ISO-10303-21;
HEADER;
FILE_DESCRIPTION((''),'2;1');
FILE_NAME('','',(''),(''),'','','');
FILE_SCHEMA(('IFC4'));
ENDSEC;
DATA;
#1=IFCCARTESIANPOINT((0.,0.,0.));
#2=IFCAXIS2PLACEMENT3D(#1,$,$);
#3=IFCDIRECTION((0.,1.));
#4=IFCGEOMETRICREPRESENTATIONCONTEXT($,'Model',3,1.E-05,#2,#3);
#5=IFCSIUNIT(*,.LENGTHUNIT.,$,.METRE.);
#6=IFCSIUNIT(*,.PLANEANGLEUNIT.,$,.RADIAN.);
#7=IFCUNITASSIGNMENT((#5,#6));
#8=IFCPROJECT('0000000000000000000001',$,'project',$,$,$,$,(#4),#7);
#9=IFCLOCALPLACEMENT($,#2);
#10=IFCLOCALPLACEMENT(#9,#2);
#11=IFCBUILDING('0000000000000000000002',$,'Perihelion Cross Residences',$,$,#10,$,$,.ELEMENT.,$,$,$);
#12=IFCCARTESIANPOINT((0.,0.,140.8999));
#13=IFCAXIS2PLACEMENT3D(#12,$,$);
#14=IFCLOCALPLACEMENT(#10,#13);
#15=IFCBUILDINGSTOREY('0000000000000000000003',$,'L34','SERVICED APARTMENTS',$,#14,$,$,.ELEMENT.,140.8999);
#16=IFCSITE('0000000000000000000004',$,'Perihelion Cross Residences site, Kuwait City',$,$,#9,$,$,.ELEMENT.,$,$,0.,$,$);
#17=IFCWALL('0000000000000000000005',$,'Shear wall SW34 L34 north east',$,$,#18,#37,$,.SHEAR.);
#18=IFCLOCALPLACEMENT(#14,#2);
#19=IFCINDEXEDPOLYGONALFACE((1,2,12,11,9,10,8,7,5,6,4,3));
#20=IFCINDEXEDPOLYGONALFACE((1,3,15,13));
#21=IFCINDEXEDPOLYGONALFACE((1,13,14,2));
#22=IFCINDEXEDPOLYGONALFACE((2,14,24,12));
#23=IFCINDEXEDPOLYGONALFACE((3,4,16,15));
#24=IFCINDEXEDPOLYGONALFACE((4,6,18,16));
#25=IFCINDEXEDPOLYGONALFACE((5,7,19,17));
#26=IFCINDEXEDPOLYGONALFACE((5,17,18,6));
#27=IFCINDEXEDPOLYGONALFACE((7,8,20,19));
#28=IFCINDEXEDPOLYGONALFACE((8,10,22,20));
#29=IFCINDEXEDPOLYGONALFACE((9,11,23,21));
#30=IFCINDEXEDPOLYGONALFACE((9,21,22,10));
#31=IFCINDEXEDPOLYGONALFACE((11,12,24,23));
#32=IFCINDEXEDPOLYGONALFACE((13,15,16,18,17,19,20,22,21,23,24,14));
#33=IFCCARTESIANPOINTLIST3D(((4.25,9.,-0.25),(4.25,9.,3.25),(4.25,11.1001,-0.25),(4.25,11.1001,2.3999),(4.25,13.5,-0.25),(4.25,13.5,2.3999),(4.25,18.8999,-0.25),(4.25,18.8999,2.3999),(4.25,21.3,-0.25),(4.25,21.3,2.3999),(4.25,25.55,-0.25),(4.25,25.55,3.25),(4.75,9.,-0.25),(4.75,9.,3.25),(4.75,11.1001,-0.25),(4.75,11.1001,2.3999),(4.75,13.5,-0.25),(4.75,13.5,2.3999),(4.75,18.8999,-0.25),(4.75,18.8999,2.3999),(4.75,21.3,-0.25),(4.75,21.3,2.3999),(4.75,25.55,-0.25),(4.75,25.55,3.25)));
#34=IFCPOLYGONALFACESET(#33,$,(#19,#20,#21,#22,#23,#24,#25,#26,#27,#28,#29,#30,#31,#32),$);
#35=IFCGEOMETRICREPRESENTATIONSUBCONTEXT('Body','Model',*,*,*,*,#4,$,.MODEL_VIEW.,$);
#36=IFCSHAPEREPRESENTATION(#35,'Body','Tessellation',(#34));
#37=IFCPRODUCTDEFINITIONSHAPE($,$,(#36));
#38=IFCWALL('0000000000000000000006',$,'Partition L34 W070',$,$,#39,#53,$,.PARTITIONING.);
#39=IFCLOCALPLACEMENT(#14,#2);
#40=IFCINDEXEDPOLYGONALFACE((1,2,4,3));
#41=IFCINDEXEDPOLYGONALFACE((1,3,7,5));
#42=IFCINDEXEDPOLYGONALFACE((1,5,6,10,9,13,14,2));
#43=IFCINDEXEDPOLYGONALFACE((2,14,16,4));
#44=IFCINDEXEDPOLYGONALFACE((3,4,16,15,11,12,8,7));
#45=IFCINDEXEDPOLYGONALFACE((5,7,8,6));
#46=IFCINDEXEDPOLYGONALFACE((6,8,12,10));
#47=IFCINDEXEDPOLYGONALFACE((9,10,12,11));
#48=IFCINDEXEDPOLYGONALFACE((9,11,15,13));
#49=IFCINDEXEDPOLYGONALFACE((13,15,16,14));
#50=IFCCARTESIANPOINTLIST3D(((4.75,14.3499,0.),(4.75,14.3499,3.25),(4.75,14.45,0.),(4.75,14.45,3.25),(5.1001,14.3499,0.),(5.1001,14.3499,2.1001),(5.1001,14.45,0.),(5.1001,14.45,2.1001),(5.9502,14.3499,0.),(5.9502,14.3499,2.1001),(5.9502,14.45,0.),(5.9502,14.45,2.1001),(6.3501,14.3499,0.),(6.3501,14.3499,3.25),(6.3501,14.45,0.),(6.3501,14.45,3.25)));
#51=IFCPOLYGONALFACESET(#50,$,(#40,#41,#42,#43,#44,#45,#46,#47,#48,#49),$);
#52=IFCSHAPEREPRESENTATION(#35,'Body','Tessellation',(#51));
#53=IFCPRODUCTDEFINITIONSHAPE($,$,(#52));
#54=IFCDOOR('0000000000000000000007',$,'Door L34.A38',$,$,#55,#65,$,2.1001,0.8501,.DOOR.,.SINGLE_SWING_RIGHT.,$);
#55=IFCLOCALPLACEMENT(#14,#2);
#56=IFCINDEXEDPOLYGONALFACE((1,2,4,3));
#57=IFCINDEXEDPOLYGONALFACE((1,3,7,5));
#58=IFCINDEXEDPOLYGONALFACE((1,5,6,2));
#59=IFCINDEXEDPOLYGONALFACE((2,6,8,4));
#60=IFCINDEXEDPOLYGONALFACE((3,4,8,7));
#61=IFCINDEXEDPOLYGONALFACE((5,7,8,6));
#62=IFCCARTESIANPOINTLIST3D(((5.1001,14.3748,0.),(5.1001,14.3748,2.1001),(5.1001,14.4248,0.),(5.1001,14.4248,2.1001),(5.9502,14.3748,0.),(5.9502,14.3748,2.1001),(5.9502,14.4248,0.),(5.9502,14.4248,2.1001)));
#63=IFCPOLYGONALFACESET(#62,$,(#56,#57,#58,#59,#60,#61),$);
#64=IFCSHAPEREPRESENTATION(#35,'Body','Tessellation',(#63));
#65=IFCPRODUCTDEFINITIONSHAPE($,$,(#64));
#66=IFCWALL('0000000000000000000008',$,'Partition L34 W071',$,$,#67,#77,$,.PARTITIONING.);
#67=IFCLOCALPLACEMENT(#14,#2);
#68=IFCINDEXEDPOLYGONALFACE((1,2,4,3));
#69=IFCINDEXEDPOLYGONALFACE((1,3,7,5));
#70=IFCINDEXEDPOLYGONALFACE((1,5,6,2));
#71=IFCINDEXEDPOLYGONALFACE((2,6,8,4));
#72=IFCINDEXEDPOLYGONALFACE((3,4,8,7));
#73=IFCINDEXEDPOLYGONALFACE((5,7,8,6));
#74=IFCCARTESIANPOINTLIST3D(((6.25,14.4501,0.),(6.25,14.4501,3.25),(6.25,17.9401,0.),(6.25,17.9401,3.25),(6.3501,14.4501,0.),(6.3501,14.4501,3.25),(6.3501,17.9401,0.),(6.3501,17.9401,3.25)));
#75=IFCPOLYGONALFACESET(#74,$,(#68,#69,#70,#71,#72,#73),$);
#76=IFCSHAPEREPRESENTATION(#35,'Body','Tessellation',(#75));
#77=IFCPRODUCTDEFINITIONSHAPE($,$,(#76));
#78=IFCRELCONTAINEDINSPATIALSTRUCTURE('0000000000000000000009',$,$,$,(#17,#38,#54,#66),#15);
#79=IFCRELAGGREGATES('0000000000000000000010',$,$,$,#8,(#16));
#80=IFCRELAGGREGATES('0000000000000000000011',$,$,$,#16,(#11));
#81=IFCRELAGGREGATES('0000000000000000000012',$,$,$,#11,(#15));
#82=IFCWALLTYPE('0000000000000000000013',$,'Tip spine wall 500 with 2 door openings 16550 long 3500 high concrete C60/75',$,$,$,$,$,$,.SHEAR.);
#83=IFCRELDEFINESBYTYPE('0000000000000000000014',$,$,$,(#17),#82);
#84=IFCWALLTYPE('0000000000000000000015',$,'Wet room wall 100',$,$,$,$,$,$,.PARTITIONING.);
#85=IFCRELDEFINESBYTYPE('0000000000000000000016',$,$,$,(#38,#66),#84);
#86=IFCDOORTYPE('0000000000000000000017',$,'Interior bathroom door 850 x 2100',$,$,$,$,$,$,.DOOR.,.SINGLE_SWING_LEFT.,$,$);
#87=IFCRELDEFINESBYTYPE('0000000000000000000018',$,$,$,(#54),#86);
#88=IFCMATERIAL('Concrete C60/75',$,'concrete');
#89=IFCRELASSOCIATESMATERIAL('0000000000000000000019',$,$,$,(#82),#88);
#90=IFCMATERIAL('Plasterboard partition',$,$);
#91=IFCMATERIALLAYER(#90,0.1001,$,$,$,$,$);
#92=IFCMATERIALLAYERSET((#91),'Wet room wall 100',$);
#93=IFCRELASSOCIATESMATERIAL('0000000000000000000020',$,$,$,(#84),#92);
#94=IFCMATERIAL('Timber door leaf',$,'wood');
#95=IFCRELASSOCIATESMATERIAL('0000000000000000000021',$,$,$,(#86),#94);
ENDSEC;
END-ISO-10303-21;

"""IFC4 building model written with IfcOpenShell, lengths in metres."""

from ifc_helpers import new_model, si_unit, direction, frame, frame_2d, origin, place, context, subcontext, project, spatial, polyline, rectangle, outline, extrude, material, layer, layer_set, material_profile, profile_set, type_object, element, fill, save


model = new_model("IFC4")

# Units and contexts
model_context = context("Model", 3, precision=1e-05, world=origin(), true_north=direction((0.0, 1.0)))
body_context = subcontext(model_context, "Body", "Model", "MODEL_VIEW")
ifc_project = project(units=[si_unit("LENGTHUNIT", "METRE"), si_unit("PLANEANGLEUNIT", "RADIAN")], contexts=[model_context])

# Site, building, storey
site_placement = place(None, origin())
site = spatial("IfcSite", under=ifc_project, at=site_placement, Name="Perihelion Cross Residences site, Kuwait City", CompositionType="ELEMENT", RefElevation=0.0)
building_placement = place(site_placement, origin())
building = spatial("IfcBuilding", under=site, at=building_placement, Name="Perihelion Cross Residences", CompositionType="ELEMENT")
storey_placement = place(building_placement, frame((0.0, 0.0, 140.8999)))
storey = spatial("IfcBuildingStorey", under=building, at=storey_placement, Name="L34", Description="SERVICED APARTMENTS", CompositionType="ELEMENT", Elevation=140.8999)

# Wall
ifc_material_1 = material(Name="Concrete C60/75", Category="concrete")
ifc_material_profile_1 = material_profile(ifc_material_1, outline(polyline([(0.0, 0.0), (2.1001, 0.0), (2.1001, 2.6499), (4.5, 2.6499), (4.5, 0.0), (9.8999, 0.0), (9.8999, 2.6499), (12.3, 2.6499), (12.3, 0.0), (16.55, 0.0), (16.55, 3.5), (0.0, 3.5), (0.0, 0.0)])), Name="Tip spine wall")
ifc_profile_set_1 = profile_set([ifc_material_profile_1], Name="Concrete C60/75")
wall_type_1 = type_object("IfcWallType", Name="Tip spine wall 500 with 2 door openings 16550 long 3500 high concrete C60/75", PredefinedType="SHEAR", material=ifc_profile_set_1)
wall_1_placement = place(storey_placement, frame((4.25, 9.0, -0.25), z_axis=(1.0, 0.0, 0.0), x_axis=(0.0, 1.0, 0.0)))
element("IfcWall", 1, at=wall_1_placement, inside=storey, type_object=wall_type_1, Name="Shear wall SW34 L34 north east", PredefinedType="SHEAR", context=body_context, shape_type="SweptSolid", body=[
    extrude(outline(polyline([(0.0, 0.0), (2.1001, 0.0), (2.1001, 2.6499), (4.5, 2.6499), (4.5, 0.0), (9.8999, 0.0), (9.8999, 2.6499), (12.3, 2.6499), (12.3, 0.0), (16.55, 0.0), (16.55, 3.5), (0.0, 3.5), (0.0, 0.0)])), origin(), (0.0, 0.0, 1.0), 0.5),
])

# Wall, opening, door
ifc_material_2 = material(Name="Plasterboard partition")
ifc_layer_1 = layer(ifc_material_2, 0.1001)
ifc_layer_set_1 = layer_set([ifc_layer_1], Name="Wet room wall 100")
wall_type_2 = type_object("IfcWallType", Name="Wet room wall 100", PredefinedType="PARTITIONING", material=ifc_layer_set_1)
wall_2_placement = place(storey_placement, frame((4.75, 14.3999, 0.0), z_axis=(0.0, 0.0, 1.0), x_axis=(1.0, 0.0, 0.0)))
wall_2 = element("IfcWall", 2, at=wall_2_placement, inside=storey, type_object=wall_type_2, Name="Partition L34 W070", PredefinedType="PARTITIONING", context=body_context, shape_type="SweptSolid", body=[
    extrude(rectangle(XDim=1.6001, YDim=0.1001, at=frame_2d((0.8, 0.0))), origin(), (0.0, 0.0, 1.0), 3.25),
])
opening_1_placement = place(wall_2_placement, frame((0.3501, 0.0, 0.0)))
opening_1 = element("IfcOpeningElement", 3, at=opening_1_placement, cuts=wall_2, PredefinedType="OPENING", context=body_context, shape_type="SweptSolid", body=[
    extrude(rectangle(XDim=0.8501, YDim=2.1001, at=frame_2d((0.425, 1.05))), frame((0.0, 0.0601, 0.0), z_axis=(0.0, -1.0, 0.0), x_axis=(1.0, 0.0, 0.0)), (0.0, 0.0, 1.0), 0.1201),
])
ifc_material_3 = material(Name="Timber door leaf", Category="wood")
door_type_1 = type_object("IfcDoorType", Name="Interior bathroom door 850 x 2100", OperationType="SINGLE_SWING_LEFT", PredefinedType="DOOR", material=ifc_material_3)
door_1_placement = place(opening_1_placement, origin())
door_1 = element("IfcDoor", 4, at=door_1_placement, inside=storey, type_object=door_type_1, Name="Door L34.A38", OperationType="SINGLE_SWING_RIGHT", OverallHeight=2.1001, OverallWidth=0.8501, PredefinedType="DOOR", context=body_context, shape_type="SweptSolid", body=[
    extrude(rectangle(XDim=0.8501, YDim=2.1001, at=frame_2d((0.425, 1.05))), frame((0.0, 0.0249, 0.0), z_axis=(0.0, -1.0, 0.0), x_axis=(1.0, 0.0, 0.0)), (0.0, 0.0, 1.0), 0.05),
])
fill(opening_1, door_1)

# Wall
wall_3_placement = place(storey_placement, frame((6.3, 14.45, 0.0), z_axis=(0.0, 0.0, 1.0), x_axis=(0.0, 1.0, 0.0)))
element("IfcWall", 5, at=wall_3_placement, inside=storey, type_object=wall_type_2, Name="Partition L34 W071", PredefinedType="PARTITIONING", context=body_context, shape_type="SweptSolid", body=[
    extrude(rectangle(XDim=3.49, YDim=0.1001, at=frame_2d((1.7451, 0.0))), origin(), (0.0, 0.0, 1.0), 3.25),
])

save(model, "model.ifc")
